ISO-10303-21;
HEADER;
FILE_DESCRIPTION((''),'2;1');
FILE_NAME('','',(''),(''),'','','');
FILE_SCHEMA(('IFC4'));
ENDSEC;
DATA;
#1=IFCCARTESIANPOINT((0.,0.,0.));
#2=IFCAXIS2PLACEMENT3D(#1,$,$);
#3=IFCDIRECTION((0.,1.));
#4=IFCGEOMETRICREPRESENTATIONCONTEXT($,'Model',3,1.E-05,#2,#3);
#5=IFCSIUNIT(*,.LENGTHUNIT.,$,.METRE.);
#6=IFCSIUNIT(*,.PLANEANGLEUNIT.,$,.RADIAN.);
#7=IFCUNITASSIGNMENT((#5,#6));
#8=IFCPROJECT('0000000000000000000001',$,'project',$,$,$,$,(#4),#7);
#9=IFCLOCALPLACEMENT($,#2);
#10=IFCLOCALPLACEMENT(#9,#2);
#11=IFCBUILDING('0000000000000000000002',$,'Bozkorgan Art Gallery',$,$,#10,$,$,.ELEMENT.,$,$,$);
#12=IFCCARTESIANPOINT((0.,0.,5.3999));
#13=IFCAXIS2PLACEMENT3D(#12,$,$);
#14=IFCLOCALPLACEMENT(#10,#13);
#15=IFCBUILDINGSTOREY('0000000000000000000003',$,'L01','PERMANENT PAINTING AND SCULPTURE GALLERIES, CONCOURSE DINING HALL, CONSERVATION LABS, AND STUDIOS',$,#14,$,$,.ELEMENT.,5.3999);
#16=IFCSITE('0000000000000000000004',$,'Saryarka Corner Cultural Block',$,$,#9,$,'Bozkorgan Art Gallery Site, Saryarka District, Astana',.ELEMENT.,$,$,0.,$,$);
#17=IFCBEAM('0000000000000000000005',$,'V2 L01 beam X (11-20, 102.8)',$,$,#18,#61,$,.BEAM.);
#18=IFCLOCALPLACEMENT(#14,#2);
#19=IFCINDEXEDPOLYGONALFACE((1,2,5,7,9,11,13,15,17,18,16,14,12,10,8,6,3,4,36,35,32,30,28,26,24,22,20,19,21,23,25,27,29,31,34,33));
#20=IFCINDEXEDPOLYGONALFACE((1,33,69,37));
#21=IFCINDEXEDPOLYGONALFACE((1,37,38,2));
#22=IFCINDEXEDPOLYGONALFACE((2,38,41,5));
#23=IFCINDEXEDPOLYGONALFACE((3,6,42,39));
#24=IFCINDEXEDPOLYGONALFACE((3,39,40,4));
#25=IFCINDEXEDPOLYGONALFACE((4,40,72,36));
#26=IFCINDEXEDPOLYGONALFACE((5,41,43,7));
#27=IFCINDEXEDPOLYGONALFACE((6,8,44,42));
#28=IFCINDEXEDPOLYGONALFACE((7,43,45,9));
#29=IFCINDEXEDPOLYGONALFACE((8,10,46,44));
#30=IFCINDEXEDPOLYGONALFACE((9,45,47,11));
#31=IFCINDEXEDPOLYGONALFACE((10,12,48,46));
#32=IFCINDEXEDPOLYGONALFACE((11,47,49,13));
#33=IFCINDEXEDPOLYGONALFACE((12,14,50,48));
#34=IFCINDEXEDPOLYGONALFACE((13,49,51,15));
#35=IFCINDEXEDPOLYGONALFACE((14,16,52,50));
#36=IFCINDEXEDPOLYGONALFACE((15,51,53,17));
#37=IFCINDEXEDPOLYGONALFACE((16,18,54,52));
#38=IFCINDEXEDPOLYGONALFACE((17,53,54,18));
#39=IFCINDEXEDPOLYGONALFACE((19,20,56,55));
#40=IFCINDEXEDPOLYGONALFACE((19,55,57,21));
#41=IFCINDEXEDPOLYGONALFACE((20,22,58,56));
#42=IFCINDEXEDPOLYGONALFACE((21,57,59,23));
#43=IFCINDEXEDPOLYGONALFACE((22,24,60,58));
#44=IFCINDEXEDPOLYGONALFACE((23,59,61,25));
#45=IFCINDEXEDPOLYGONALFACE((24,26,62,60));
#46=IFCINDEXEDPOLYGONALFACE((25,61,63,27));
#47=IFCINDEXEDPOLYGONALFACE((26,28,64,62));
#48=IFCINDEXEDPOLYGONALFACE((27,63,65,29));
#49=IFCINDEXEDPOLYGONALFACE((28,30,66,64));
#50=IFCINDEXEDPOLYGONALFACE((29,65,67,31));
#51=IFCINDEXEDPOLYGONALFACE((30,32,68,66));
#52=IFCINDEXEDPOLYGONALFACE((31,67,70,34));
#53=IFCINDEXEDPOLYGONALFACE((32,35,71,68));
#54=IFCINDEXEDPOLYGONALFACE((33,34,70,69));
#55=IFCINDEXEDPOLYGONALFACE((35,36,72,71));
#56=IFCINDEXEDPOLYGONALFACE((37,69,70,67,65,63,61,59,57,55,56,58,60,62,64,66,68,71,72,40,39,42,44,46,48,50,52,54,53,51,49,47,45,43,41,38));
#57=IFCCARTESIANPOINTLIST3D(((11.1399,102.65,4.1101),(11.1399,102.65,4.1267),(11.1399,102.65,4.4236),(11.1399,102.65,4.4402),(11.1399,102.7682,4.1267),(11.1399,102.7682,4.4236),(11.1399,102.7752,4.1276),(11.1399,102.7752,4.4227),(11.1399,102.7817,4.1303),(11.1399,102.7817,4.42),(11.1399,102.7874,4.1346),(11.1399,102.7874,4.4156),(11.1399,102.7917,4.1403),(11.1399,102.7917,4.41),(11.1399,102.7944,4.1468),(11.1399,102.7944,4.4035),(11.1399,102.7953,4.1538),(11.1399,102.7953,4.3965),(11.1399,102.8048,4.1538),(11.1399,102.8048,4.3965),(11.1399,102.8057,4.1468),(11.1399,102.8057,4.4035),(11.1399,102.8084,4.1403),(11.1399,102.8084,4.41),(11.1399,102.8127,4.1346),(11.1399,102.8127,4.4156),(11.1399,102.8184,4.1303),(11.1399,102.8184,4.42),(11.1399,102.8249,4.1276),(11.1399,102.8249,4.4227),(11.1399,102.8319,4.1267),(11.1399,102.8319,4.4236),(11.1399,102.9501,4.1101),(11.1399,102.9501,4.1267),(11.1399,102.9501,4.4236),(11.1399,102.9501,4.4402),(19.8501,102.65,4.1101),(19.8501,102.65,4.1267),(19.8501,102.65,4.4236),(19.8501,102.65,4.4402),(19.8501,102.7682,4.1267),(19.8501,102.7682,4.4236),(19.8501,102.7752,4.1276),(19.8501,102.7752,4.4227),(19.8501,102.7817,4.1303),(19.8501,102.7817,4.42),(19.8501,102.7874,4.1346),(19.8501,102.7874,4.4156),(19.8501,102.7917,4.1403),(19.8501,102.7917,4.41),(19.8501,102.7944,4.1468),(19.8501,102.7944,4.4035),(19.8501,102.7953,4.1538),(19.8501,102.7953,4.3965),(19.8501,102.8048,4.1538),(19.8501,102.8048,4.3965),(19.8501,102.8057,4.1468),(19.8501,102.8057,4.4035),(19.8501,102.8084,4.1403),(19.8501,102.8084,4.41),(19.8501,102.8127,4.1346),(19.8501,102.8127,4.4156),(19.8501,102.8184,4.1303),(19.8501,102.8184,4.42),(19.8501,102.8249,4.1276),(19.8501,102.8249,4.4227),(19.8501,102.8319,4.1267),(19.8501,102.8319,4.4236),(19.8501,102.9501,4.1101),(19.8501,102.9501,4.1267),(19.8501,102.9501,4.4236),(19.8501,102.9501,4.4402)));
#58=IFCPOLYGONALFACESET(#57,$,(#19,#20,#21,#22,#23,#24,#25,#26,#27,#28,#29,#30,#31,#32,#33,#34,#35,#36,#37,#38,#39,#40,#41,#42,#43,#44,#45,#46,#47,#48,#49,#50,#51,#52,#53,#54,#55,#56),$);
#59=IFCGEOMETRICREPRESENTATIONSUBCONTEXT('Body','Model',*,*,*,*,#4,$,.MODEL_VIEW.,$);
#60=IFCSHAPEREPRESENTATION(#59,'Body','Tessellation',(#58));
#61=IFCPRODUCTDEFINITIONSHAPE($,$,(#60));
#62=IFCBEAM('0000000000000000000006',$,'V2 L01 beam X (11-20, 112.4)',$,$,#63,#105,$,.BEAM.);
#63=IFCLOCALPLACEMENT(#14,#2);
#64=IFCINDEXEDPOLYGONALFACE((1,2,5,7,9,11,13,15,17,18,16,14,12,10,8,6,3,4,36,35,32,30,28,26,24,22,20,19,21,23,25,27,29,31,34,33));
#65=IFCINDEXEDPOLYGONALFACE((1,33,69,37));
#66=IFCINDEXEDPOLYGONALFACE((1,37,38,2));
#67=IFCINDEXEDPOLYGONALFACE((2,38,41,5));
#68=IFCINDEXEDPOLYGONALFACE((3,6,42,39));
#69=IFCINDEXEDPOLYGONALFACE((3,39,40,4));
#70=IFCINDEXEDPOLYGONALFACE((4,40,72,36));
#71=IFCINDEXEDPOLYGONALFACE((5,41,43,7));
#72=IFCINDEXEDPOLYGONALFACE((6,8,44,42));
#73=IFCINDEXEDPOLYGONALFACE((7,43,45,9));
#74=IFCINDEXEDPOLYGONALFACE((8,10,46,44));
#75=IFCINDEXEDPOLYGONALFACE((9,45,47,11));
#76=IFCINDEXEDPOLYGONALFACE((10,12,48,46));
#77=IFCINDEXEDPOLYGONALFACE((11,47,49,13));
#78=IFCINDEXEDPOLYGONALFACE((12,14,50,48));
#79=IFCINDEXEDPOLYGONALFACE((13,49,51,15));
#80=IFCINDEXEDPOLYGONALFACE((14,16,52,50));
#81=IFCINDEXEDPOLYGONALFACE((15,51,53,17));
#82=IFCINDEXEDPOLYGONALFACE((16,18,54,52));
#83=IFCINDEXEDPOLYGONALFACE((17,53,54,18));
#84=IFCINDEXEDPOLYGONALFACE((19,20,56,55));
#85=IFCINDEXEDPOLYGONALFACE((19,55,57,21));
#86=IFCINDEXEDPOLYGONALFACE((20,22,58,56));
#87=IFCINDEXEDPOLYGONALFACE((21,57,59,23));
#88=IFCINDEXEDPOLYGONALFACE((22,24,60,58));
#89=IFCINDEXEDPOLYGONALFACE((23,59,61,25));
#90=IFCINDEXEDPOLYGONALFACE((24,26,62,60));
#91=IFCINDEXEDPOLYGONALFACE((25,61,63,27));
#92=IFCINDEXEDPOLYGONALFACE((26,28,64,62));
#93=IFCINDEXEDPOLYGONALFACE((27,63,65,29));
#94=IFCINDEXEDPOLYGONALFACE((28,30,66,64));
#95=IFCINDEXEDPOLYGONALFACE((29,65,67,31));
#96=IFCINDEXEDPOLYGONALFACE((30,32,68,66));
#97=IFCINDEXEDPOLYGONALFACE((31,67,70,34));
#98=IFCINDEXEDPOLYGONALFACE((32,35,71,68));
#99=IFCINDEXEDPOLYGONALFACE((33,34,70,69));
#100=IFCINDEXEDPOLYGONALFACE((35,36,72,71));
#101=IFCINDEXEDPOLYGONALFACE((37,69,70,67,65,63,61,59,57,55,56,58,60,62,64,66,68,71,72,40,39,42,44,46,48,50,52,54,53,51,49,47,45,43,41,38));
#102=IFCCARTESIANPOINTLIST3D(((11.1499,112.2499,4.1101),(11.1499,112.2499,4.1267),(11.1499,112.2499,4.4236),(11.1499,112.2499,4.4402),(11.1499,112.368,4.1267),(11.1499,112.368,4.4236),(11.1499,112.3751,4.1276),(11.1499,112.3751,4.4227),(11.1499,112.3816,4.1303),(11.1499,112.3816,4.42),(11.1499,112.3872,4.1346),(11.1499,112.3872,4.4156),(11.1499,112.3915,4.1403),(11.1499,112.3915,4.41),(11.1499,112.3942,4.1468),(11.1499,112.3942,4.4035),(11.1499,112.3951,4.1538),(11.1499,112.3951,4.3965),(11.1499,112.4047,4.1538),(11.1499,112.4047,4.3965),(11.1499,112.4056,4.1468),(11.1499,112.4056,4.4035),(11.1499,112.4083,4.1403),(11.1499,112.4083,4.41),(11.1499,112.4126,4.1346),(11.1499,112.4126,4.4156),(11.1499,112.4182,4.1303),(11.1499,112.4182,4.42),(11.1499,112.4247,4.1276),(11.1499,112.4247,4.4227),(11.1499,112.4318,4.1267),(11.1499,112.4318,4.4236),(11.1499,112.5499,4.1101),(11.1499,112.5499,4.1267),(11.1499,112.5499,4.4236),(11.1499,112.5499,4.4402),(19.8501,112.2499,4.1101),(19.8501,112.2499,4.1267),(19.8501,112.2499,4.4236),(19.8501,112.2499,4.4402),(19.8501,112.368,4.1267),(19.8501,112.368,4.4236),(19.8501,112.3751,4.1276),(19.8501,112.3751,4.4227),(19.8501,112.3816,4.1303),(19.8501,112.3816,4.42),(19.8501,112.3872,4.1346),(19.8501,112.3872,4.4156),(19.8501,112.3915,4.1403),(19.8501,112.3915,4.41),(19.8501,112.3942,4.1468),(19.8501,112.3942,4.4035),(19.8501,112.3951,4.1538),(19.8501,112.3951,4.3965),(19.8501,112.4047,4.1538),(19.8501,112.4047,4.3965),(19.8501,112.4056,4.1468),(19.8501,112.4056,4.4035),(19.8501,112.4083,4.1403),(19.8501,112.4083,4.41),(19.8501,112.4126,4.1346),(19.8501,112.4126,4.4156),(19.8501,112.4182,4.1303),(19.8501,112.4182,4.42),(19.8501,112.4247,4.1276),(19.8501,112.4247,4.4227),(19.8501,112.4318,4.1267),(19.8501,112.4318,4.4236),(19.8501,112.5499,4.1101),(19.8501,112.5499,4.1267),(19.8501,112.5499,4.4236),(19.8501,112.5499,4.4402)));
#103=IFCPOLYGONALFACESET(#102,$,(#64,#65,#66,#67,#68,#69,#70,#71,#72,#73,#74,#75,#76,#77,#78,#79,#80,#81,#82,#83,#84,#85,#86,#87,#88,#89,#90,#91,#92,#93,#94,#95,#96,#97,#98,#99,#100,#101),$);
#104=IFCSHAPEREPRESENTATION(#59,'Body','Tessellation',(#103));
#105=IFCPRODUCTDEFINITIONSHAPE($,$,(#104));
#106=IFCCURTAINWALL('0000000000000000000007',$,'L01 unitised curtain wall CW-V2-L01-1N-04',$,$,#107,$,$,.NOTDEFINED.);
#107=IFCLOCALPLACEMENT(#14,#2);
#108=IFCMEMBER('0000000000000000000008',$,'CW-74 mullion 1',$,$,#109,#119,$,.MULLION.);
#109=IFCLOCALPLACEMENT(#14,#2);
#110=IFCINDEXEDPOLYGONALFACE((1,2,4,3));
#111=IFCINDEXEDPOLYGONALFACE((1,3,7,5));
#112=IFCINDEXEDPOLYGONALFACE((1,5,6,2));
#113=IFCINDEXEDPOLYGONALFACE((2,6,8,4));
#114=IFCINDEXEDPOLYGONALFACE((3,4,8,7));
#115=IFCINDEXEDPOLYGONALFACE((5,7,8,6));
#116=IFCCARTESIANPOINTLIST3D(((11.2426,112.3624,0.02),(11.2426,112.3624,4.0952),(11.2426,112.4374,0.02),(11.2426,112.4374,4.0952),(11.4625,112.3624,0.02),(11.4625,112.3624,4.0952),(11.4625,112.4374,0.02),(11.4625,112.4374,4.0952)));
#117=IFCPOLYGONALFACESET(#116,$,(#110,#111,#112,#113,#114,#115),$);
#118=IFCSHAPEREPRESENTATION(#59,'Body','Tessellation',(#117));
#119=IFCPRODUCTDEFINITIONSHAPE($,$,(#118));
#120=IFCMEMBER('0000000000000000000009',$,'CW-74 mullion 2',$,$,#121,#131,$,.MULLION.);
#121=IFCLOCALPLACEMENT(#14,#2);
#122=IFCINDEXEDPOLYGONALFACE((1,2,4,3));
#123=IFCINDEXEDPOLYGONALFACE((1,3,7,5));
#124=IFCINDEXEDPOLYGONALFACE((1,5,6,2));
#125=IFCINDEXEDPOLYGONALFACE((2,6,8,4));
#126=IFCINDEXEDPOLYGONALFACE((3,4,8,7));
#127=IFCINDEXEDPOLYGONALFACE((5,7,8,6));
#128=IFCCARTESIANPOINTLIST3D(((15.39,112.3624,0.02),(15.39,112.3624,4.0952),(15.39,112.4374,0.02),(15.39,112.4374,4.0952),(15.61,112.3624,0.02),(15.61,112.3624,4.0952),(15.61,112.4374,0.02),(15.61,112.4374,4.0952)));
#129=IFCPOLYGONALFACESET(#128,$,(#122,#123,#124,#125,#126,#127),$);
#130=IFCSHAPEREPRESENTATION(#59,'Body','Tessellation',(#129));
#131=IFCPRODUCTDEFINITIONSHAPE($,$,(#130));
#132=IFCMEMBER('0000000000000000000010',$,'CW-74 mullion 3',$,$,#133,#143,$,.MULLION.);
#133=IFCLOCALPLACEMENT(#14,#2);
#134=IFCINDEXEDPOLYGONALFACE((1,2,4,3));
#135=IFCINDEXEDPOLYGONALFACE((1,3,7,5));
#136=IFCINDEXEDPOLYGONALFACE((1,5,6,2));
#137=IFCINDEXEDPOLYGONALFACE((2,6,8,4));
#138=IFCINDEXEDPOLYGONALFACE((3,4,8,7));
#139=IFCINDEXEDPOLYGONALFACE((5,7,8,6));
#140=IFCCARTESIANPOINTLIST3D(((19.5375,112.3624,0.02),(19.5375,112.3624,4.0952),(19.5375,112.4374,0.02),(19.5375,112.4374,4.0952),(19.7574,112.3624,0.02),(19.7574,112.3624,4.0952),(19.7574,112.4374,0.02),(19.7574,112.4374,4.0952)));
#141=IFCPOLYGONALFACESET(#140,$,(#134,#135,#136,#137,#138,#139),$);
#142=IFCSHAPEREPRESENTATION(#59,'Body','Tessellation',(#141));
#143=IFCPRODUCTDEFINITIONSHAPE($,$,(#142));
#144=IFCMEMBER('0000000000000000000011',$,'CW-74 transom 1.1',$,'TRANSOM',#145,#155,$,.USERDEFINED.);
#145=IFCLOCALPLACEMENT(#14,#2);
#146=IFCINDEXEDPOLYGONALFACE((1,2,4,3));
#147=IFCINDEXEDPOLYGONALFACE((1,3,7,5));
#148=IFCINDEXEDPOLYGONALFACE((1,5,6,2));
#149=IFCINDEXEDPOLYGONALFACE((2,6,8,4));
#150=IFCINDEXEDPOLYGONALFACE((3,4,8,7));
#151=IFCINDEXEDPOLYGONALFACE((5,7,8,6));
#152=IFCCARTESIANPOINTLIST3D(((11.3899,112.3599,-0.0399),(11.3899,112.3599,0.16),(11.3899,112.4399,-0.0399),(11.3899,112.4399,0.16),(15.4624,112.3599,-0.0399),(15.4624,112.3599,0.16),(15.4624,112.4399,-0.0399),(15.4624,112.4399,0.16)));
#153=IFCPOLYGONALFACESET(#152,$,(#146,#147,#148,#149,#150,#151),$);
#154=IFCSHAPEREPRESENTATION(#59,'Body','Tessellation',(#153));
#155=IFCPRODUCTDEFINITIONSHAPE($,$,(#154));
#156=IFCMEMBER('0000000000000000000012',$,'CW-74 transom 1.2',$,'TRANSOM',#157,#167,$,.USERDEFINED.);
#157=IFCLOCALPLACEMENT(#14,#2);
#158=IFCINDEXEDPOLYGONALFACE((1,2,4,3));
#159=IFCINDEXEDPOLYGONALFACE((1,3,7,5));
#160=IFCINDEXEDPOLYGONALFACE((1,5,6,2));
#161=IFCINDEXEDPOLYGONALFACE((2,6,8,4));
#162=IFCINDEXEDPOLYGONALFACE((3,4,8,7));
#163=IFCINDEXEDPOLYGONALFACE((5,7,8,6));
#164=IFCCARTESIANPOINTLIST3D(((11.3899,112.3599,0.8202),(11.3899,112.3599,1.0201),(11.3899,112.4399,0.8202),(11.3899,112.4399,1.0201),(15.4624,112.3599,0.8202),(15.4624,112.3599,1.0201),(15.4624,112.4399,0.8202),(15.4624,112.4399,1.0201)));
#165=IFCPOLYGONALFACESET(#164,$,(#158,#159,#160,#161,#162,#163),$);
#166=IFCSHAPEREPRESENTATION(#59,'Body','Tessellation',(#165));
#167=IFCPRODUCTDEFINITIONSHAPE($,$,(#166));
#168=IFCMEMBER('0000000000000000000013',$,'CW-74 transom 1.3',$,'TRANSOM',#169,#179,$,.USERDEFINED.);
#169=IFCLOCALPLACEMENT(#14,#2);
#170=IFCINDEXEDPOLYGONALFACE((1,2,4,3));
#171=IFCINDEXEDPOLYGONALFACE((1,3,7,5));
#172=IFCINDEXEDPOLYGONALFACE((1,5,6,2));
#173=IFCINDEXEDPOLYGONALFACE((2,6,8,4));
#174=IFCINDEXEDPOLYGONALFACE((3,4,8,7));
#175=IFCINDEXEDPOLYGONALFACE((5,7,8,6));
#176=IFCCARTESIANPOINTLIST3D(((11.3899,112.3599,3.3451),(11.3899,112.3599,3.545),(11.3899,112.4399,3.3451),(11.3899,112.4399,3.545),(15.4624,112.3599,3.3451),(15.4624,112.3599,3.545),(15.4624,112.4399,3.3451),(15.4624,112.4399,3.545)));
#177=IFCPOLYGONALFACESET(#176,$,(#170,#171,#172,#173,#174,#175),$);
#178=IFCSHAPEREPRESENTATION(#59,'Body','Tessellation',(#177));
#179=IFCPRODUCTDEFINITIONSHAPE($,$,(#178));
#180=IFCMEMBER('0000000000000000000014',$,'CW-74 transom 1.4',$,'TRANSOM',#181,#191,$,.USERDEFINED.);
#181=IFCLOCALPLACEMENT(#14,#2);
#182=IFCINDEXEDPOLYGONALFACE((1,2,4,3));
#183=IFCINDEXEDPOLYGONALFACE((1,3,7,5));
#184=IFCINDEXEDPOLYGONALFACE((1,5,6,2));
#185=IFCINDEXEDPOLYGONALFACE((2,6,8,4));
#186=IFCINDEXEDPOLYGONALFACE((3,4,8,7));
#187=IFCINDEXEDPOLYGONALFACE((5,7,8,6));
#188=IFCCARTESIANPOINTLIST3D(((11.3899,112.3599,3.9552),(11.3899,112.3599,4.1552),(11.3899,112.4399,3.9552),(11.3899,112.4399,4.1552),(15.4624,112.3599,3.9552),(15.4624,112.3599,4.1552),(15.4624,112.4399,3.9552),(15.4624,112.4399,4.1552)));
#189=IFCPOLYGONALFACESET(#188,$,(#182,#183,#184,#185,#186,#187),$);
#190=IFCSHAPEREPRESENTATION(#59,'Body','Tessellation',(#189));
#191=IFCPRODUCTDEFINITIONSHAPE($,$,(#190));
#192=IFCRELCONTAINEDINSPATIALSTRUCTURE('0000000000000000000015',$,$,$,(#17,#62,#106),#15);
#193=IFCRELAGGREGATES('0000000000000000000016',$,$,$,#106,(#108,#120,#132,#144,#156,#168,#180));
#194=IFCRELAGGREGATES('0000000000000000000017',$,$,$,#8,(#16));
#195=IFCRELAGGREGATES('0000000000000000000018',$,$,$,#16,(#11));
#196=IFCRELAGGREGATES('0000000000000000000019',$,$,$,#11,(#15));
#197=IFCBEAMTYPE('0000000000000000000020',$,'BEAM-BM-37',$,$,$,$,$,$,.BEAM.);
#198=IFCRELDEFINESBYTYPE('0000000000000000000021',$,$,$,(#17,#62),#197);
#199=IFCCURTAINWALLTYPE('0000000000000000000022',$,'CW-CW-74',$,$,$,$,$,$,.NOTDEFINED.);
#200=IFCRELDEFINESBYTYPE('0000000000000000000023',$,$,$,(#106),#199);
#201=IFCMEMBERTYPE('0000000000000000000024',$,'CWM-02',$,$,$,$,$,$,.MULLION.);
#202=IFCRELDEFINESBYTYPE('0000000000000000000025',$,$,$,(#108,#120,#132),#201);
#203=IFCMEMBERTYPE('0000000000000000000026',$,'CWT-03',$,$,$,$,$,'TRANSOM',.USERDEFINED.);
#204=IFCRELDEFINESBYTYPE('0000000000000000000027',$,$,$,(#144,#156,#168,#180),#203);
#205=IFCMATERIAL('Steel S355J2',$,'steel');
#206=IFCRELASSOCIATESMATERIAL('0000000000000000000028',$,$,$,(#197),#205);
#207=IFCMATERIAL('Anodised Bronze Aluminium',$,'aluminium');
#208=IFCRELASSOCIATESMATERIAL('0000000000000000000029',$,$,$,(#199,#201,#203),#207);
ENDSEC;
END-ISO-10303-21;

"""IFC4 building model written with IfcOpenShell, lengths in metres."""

from ifc_helpers import new_model, si_unit, direction, frame, origin, origin_2d, place, context, subcontext, project, spatial, rectangle, i_section, extrude, material, material_profile, profile_set, type_object, element, aggregate, save


model = new_model("IFC4")

# Units and contexts
model_context = context("Model", 3, precision=1e-05, world=origin(), true_north=direction((0.0, 1.0)))
body_context = subcontext(model_context, "Body", "Model", "MODEL_VIEW")
ifc_project = project(units=[si_unit("LENGTHUNIT", "METRE"), si_unit("PLANEANGLEUNIT", "RADIAN")], contexts=[model_context])

# Site, building, storey
site_placement = place(None, origin())
site = spatial("IfcSite", under=ifc_project, at=site_placement, Name="Saryarka Corner Cultural Block", LongName="Bozkorgan Art Gallery Site, Saryarka District, Astana", CompositionType="ELEMENT", RefElevation=0.0)
building_placement = place(site_placement, origin())
building = spatial("IfcBuilding", under=site, at=building_placement, Name="Bozkorgan Art Gallery", CompositionType="ELEMENT")
storey_placement = place(building_placement, frame((0.0, 0.0, 5.3999)))
storey = spatial("IfcBuildingStorey", under=building, at=storey_placement, Name="L01", Description="PERMANENT PAINTING AND SCULPTURE GALLERIES, CONCOURSE DINING HALL, CONSERVATION LABS, AND STUDIOS", CompositionType="ELEMENT", Elevation=5.3999)

# Beams
ifc_material_1 = material(Name="Steel S355J2", Category="steel")
ifc_material_profile_1 = material_profile(ifc_material_1, i_section(OverallWidth=0.3, OverallDepth=0.3301, WebThickness=0.0095, FlangeThickness=0.0166, FilletRadius=0.0271, at=origin_2d()), Name="HEA 340")
ifc_profile_set_1 = profile_set([ifc_material_profile_1], Name="Steel S355J2")
beam_type = type_object("IfcBeamType", Name="BEAM-BM-37", PredefinedType="BEAM", material=ifc_profile_set_1)
beam_1_placement = place(storey_placement, frame((11.1399, 102.8, 4.2751), z_axis=(1.0, 0.0, 0.0), x_axis=(0.0, 1.0, 0.0)))
element("IfcBeam", 1, at=beam_1_placement, inside=storey, type_object=beam_type, Name="V2 L01 beam X (11-20, 102.8)", PredefinedType="BEAM", context=body_context, shape_type="SweptSolid", body=[
    extrude(i_section(OverallWidth=0.3, OverallDepth=0.3301, WebThickness=0.0095, FlangeThickness=0.0166, FilletRadius=0.0271, at=origin_2d()), origin(), (0.0, 0.0, 1.0), 8.7102),
])
beam_2_placement = place(storey_placement, frame((11.1499, 112.3999, 4.2751), z_axis=(1.0, 0.0, 0.0), x_axis=(0.0, 1.0, 0.0)))
element("IfcBeam", 2, at=beam_2_placement, inside=storey, type_object=beam_type, Name="V2 L01 beam X (11-20, 112.4)", PredefinedType="BEAM", context=body_context, shape_type="SweptSolid", body=[
    extrude(i_section(OverallWidth=0.3, OverallDepth=0.3301, WebThickness=0.0095, FlangeThickness=0.0166, FilletRadius=0.0271, at=origin_2d()), origin(), (0.0, 0.0, 1.0), 8.7002),
])

# Curtain wall, members
ifc_material_2 = material(Name="Anodised Bronze Aluminium", Category="aluminium")
curtain_wall_type = type_object("IfcCurtainWallType", Name="CW-CW-74", PredefinedType="NOTDEFINED", material=ifc_material_2)
curtain_wall_placement = place(storey_placement, origin())
curtain_wall = element("IfcCurtainWall", 3, at=curtain_wall_placement, inside=storey, type_object=curtain_wall_type, Name="L01 unitised curtain wall CW-V2-L01-1N-04", PredefinedType="NOTDEFINED")
ifc_material_profile_2 = material_profile(ifc_material_2, rectangle(XDim=0.075, YDim=0.22, at=origin_2d()), Name="ALU MULLION 75x220")
ifc_profile_set_2 = profile_set([ifc_material_profile_2], Name="Anodised Bronze Aluminium")
member_type_1 = type_object("IfcMemberType", Name="CWM-02", PredefinedType="MULLION", material=ifc_profile_set_2)
member_1_placement = place(storey_placement, frame((11.3525, 112.3999, 0.02), z_axis=(0.0, 0.0, 1.0), x_axis=(0.0, 1.0, 0.0)))
member_1 = element("IfcMember", 4, at=member_1_placement, type_object=member_type_1, Name="CW-74 mullion 1", PredefinedType="MULLION", context=body_context, shape_type="SweptSolid", body=[
    extrude(rectangle(XDim=0.075, YDim=0.22, at=origin_2d()), origin(), (0.0, 0.0, 1.0), 4.0752),
])
member_2_placement = place(storey_placement, frame((15.5, 112.3999, 0.02), z_axis=(0.0, 0.0, 1.0), x_axis=(0.0, 1.0, 0.0)))
member_2 = element("IfcMember", 5, at=member_2_placement, type_object=member_type_1, Name="CW-74 mullion 2", PredefinedType="MULLION", context=body_context, shape_type="SweptSolid", body=[
    extrude(rectangle(XDim=0.075, YDim=0.22, at=origin_2d()), origin(), (0.0, 0.0, 1.0), 4.0752),
])
member_3_placement = place(storey_placement, frame((19.6475, 112.3999, 0.02), z_axis=(0.0, 0.0, 1.0), x_axis=(0.0, 1.0, 0.0)))
member_3 = element("IfcMember", 6, at=member_3_placement, type_object=member_type_1, Name="CW-74 mullion 3", PredefinedType="MULLION", context=body_context, shape_type="SweptSolid", body=[
    extrude(rectangle(XDim=0.075, YDim=0.22, at=origin_2d()), origin(), (0.0, 0.0, 1.0), 4.0752),
])
ifc_material_profile_3 = material_profile(ifc_material_2, rectangle(XDim=0.0801, YDim=0.2, at=origin_2d()), Name="ALU TRANSOM 80x200")
ifc_profile_set_3 = profile_set([ifc_material_profile_3], Name="Anodised Bronze Aluminium")
member_type_2 = type_object("IfcMemberType", Name="CWT-03", ElementType="TRANSOM", PredefinedType="USERDEFINED", material=ifc_profile_set_3)
member_4_placement = place(storey_placement, frame((11.3899, 112.3999, 0.0601), z_axis=(1.0, 0.0, 0.0), x_axis=(0.0, 1.0, 0.0)))
member_4 = element("IfcMember", 7, at=member_4_placement, type_object=member_type_2, Name="CW-74 transom 1.1", ObjectType="TRANSOM", PredefinedType="USERDEFINED", context=body_context, shape_type="SweptSolid", body=[
    extrude(rectangle(XDim=0.0801, YDim=0.2, at=origin_2d()), origin(), (0.0, 0.0, 1.0), 4.0725),
])
member_5_placement = place(storey_placement, frame((11.3899, 112.3999, 0.9202), z_axis=(1.0, 0.0, 0.0), x_axis=(0.0, 1.0, 0.0)))
member_5 = element("IfcMember", 8, at=member_5_placement, type_object=member_type_2, Name="CW-74 transom 1.2", ObjectType="TRANSOM", PredefinedType="USERDEFINED", context=body_context, shape_type="SweptSolid", body=[
    extrude(rectangle(XDim=0.0801, YDim=0.2, at=origin_2d()), origin(), (0.0, 0.0, 1.0), 4.0725),
])
member_6_placement = place(storey_placement, frame((11.3899, 112.3999, 3.4451), z_axis=(1.0, 0.0, 0.0), x_axis=(0.0, 1.0, 0.0)))
member_6 = element("IfcMember", 9, at=member_6_placement, type_object=member_type_2, Name="CW-74 transom 1.3", ObjectType="TRANSOM", PredefinedType="USERDEFINED", context=body_context, shape_type="SweptSolid", body=[
    extrude(rectangle(XDim=0.0801, YDim=0.2, at=origin_2d()), origin(), (0.0, 0.0, 1.0), 4.0725),
])
member_7_placement = place(storey_placement, frame((11.3899, 112.3999, 4.0552), z_axis=(1.0, 0.0, 0.0), x_axis=(0.0, 1.0, 0.0)))
member_7 = element("IfcMember", 10, at=member_7_placement, type_object=member_type_2, Name="CW-74 transom 1.4", ObjectType="TRANSOM", PredefinedType="USERDEFINED", context=body_context, shape_type="SweptSolid", body=[
    extrude(rectangle(XDim=0.0801, YDim=0.2, at=origin_2d()), origin(), (0.0, 0.0, 1.0), 4.0725),
])
aggregate(curtain_wall, [member_1, member_2, member_3, member_4, member_5, member_6, member_7])

save(model, "model.ifc")
